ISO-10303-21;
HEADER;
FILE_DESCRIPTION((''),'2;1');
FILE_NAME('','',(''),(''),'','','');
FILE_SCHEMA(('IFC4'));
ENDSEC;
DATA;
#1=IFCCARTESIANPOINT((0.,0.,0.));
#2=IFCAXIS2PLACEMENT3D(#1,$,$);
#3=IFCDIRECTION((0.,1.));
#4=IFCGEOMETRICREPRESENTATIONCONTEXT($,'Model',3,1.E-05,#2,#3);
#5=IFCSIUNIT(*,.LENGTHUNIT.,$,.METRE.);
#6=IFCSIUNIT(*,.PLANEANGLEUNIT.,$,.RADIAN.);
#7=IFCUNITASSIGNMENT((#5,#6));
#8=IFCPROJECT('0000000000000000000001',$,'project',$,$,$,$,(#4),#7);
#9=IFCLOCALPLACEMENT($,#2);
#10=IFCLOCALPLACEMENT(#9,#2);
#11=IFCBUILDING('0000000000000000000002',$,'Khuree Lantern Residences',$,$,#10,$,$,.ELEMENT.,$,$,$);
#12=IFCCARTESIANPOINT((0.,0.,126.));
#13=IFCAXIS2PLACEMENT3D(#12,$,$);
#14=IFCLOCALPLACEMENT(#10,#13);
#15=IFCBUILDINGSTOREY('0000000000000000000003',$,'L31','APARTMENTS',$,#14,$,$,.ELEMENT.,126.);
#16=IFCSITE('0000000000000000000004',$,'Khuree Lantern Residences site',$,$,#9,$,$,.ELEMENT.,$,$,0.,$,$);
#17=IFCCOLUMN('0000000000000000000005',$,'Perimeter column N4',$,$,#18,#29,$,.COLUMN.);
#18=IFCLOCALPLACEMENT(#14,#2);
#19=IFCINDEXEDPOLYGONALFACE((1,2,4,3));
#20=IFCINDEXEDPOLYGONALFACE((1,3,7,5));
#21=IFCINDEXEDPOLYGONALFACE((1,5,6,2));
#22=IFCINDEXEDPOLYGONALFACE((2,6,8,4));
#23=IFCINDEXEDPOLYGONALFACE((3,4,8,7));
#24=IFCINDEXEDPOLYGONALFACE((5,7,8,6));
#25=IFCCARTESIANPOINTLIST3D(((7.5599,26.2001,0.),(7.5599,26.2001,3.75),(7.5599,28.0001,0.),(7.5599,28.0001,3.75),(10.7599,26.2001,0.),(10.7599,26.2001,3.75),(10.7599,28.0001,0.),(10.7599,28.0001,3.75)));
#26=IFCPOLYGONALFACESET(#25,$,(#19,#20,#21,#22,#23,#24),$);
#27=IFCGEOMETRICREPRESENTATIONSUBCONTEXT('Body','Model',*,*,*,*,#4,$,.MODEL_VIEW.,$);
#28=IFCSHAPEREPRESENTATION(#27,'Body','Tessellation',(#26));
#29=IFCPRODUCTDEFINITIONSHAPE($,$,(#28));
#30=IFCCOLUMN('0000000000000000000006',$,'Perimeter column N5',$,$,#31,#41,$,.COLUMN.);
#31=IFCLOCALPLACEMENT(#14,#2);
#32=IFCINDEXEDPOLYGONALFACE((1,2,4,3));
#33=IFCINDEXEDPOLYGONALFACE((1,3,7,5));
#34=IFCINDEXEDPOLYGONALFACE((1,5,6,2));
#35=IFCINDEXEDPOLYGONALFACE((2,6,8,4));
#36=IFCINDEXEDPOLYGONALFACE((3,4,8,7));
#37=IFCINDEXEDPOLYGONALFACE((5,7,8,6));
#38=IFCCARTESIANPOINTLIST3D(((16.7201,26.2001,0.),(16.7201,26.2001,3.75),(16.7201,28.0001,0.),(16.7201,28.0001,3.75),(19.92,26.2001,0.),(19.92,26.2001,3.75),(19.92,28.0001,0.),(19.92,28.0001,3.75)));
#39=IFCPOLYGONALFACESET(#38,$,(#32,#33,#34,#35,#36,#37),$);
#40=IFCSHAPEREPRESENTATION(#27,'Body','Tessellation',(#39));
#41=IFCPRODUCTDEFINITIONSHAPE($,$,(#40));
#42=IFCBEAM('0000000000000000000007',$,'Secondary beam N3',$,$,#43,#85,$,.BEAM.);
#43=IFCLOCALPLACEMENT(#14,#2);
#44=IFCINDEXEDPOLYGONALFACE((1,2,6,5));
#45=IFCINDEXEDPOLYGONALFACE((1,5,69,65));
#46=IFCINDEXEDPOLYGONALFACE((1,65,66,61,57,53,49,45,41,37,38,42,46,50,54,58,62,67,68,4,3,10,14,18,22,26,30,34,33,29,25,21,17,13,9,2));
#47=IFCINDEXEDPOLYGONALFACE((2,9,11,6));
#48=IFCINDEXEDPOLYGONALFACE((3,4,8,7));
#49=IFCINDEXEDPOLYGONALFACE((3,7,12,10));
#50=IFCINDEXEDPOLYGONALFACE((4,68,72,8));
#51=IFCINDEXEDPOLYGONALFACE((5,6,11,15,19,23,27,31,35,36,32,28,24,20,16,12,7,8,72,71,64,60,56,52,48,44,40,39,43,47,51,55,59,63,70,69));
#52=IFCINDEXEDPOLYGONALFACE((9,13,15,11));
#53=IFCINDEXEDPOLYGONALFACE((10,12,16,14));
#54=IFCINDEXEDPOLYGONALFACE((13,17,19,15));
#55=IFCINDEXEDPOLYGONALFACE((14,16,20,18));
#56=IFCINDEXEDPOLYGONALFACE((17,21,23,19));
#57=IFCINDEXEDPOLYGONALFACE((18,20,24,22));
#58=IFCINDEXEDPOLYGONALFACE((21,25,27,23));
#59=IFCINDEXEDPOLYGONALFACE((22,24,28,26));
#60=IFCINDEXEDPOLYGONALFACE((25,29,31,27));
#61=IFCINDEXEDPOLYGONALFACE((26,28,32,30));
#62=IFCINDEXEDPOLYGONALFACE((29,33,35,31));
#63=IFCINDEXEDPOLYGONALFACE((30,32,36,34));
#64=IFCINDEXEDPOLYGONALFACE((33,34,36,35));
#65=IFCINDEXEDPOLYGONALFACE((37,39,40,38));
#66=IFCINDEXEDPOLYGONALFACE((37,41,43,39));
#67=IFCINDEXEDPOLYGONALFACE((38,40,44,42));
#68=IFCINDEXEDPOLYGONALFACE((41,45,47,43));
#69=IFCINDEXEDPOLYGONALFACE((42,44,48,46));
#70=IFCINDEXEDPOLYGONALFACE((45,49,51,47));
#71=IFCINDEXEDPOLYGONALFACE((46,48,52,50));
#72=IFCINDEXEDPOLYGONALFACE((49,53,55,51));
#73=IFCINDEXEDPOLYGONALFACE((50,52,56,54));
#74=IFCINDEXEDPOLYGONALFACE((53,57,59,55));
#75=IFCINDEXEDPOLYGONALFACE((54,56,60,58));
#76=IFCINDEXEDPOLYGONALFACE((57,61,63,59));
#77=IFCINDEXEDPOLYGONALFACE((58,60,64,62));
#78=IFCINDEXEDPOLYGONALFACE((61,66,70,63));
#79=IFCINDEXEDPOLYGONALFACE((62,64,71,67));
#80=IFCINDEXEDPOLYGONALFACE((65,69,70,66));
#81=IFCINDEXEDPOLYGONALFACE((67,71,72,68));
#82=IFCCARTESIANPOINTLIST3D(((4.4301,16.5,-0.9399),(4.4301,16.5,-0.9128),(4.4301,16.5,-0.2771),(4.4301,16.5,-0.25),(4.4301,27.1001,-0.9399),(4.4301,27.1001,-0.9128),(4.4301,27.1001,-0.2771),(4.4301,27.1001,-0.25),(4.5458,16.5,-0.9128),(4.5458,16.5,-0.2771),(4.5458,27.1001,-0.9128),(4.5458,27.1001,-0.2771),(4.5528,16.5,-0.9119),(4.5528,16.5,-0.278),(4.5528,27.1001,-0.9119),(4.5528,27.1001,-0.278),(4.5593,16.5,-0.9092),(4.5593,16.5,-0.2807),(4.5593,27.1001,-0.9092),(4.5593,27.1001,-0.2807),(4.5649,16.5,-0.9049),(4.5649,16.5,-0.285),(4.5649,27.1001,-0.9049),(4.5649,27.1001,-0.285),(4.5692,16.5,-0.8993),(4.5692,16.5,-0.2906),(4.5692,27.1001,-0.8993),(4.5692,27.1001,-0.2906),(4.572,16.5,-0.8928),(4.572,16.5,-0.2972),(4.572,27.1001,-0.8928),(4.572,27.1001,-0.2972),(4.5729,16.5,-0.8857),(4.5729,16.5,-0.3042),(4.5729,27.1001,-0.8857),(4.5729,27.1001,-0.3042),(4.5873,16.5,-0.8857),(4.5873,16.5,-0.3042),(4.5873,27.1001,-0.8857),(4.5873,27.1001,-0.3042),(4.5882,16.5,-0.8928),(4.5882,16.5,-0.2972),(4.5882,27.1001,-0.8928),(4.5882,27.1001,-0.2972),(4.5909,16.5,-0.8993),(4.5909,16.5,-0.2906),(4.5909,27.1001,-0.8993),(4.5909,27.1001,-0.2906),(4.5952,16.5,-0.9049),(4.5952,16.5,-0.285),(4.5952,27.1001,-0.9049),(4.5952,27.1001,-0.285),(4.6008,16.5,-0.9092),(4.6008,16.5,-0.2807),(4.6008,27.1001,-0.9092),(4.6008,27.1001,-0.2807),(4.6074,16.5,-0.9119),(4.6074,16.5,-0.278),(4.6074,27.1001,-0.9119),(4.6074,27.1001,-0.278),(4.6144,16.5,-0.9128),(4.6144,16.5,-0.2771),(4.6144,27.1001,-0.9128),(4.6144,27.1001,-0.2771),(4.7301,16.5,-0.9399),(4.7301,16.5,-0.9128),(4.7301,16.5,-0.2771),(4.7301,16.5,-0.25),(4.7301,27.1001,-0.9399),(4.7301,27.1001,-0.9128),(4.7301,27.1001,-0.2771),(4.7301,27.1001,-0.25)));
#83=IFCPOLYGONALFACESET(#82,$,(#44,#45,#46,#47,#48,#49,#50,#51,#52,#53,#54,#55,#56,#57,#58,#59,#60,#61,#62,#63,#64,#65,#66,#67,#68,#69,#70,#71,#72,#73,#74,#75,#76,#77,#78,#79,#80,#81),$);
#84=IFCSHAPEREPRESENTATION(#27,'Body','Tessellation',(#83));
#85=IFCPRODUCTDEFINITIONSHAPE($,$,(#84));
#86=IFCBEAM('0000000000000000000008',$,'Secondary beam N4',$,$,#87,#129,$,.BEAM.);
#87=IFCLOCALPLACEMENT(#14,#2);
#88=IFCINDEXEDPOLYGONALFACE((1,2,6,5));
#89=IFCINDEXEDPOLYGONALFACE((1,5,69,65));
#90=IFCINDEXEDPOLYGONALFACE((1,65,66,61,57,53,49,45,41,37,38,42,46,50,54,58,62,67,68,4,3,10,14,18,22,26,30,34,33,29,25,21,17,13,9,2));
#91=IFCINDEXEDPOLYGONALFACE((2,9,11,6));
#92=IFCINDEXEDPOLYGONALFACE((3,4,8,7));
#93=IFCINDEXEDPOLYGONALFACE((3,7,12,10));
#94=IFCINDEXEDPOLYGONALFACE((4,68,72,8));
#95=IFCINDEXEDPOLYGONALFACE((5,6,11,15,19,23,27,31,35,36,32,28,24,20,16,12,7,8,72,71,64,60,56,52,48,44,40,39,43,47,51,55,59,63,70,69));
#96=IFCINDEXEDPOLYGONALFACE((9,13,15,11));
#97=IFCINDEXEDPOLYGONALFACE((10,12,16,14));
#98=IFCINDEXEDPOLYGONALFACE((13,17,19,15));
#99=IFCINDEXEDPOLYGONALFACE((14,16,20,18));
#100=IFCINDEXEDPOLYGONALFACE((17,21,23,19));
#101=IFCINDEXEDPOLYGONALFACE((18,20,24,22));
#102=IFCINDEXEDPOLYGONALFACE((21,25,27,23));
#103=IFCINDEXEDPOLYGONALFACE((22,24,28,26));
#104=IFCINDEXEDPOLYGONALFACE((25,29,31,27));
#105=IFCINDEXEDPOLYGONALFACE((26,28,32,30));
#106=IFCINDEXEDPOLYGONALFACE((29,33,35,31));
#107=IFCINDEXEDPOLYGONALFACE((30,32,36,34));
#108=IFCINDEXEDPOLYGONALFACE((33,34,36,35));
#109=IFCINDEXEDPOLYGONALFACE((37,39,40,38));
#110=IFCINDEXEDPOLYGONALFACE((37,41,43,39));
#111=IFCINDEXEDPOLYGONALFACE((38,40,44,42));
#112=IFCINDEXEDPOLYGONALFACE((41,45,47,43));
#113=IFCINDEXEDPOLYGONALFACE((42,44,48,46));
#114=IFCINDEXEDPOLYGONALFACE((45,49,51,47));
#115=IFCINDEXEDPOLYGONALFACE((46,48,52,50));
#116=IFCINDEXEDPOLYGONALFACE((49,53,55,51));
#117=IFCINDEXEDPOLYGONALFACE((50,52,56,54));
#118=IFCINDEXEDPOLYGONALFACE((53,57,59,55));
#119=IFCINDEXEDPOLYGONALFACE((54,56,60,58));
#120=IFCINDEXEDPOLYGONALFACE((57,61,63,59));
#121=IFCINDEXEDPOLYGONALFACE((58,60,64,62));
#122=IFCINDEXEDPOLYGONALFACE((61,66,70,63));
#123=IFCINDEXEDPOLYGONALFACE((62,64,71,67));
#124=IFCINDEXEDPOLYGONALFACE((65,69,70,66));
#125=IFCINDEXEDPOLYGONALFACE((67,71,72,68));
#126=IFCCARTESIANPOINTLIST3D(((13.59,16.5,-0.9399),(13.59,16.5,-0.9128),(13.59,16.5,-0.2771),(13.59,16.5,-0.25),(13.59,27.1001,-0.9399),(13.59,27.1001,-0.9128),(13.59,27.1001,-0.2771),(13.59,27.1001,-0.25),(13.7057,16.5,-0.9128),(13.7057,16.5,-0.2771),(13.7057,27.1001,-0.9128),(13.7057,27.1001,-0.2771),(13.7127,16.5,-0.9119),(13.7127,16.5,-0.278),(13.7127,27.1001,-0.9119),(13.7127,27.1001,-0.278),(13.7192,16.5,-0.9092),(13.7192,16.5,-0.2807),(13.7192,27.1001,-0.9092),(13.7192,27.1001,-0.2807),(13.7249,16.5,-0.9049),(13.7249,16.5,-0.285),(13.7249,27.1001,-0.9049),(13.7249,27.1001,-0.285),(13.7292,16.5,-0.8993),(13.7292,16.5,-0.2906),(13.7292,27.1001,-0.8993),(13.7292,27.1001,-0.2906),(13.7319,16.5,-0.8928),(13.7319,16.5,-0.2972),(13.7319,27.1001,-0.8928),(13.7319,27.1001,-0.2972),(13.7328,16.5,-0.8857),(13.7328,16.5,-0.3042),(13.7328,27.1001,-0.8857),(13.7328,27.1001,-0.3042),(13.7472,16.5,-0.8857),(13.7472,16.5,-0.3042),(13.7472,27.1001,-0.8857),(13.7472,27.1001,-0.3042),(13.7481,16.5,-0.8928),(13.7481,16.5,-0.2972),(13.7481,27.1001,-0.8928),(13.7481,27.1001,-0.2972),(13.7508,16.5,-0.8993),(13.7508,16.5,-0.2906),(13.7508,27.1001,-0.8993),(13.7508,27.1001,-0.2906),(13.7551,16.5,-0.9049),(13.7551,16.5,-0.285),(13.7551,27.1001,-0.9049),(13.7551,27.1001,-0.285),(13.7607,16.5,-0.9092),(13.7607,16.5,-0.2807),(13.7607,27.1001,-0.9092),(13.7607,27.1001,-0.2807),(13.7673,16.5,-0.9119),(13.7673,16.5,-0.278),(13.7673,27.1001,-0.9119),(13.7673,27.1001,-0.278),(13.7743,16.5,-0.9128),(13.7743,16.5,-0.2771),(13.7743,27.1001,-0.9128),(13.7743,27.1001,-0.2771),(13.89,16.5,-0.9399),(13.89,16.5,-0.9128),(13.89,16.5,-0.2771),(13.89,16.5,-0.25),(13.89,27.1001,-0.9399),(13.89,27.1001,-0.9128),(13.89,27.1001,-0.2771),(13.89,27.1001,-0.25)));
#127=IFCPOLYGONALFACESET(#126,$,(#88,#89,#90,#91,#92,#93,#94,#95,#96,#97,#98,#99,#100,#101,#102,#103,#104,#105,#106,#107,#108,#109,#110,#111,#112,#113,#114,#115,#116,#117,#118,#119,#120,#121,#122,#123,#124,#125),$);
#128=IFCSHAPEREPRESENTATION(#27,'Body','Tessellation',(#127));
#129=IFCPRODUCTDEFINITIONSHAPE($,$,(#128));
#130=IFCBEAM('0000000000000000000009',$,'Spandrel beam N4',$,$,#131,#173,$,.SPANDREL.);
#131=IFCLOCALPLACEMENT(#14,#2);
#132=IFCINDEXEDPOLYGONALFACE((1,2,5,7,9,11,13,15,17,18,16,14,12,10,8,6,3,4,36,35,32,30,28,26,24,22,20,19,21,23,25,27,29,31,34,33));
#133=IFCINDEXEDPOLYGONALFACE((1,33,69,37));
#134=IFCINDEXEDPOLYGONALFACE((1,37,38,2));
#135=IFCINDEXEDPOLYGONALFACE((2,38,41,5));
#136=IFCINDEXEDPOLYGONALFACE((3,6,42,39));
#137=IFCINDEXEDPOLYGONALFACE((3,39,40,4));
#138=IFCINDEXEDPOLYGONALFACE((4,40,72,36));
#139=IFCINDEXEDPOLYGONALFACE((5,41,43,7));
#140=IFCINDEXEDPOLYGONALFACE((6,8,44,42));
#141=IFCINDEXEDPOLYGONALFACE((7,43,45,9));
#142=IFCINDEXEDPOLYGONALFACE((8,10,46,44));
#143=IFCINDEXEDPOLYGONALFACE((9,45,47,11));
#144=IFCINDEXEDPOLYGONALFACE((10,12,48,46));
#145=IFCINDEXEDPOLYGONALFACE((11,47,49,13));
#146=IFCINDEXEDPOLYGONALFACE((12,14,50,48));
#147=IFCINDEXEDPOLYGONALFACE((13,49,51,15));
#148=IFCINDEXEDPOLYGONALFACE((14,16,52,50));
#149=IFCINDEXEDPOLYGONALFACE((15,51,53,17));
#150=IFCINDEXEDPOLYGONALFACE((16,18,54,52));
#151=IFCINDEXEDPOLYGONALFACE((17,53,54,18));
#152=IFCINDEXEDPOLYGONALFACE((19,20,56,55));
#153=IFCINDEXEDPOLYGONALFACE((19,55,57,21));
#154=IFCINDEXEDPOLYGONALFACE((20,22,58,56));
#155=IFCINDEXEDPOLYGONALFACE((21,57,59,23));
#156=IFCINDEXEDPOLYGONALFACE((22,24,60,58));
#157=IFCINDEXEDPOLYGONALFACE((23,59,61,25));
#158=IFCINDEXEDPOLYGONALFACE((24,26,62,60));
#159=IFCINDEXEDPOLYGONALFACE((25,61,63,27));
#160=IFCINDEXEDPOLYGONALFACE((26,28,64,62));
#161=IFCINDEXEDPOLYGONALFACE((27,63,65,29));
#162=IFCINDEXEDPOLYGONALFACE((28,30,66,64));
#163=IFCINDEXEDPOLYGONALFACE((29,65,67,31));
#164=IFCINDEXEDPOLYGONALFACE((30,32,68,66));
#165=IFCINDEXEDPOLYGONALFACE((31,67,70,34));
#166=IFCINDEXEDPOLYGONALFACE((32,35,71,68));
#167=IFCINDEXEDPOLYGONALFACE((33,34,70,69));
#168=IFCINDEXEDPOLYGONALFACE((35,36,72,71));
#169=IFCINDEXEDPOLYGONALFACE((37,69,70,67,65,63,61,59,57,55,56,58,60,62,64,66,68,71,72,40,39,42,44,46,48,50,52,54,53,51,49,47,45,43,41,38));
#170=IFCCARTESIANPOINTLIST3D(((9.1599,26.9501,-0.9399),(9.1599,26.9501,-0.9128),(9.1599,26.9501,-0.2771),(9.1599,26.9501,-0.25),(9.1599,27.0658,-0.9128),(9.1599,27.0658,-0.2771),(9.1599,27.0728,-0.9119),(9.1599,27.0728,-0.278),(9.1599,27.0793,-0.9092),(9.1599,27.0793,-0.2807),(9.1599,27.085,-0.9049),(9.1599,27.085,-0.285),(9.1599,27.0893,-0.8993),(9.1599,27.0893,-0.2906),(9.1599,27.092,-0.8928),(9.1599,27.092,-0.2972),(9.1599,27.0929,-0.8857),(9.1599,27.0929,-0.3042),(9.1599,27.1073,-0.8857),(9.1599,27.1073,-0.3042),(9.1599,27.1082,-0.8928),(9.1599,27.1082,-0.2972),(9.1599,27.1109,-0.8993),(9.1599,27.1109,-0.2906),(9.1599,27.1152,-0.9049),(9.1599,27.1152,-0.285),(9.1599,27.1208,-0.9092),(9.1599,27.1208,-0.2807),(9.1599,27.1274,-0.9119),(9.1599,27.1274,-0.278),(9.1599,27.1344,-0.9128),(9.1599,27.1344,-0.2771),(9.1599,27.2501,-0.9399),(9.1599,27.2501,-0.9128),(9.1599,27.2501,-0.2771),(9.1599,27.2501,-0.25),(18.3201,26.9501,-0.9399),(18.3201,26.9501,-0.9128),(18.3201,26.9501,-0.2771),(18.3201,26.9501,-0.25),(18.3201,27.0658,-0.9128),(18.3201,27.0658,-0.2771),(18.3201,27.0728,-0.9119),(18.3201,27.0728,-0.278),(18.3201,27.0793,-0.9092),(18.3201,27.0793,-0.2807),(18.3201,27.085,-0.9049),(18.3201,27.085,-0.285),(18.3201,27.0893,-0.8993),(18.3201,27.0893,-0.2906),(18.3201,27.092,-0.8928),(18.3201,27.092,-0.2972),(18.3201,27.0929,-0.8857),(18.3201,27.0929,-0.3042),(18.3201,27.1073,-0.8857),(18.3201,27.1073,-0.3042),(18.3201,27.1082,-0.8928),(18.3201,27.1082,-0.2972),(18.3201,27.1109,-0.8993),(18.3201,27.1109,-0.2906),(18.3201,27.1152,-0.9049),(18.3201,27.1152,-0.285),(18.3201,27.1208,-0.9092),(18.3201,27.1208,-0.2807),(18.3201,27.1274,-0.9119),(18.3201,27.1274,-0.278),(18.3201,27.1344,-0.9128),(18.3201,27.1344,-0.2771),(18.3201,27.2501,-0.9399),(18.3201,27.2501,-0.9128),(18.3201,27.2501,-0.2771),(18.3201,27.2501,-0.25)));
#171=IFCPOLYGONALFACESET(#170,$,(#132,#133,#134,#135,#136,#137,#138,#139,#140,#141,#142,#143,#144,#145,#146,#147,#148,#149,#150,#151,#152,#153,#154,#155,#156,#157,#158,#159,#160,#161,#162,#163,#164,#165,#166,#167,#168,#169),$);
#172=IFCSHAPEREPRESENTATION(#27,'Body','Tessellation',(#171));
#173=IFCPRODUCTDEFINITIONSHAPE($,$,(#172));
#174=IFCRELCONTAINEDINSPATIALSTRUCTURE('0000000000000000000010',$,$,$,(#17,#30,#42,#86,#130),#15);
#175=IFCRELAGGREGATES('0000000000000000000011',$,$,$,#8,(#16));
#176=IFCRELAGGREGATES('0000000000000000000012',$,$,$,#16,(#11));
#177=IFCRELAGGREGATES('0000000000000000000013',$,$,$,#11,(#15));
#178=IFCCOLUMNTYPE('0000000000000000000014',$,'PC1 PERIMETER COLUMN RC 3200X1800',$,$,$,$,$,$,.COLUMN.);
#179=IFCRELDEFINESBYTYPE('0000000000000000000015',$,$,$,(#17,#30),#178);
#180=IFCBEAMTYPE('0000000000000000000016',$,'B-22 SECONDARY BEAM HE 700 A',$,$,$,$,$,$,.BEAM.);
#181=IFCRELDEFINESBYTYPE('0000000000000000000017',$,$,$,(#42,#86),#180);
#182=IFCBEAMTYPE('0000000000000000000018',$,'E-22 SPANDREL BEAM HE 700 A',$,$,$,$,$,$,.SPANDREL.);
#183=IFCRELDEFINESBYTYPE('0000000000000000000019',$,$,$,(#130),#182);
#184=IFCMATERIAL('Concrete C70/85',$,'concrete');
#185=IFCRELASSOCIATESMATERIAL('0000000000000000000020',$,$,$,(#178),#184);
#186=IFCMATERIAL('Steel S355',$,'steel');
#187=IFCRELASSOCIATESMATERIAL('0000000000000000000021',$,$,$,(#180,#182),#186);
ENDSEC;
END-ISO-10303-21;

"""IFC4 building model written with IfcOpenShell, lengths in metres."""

from ifc_helpers import new_model, si_unit, direction, frame, origin, origin_2d, place, context, subcontext, project, spatial, rectangle, i_section, extrude, material, material_profile, profile_set, type_object, element, save


model = new_model("IFC4")

# Units and contexts
model_context = context("Model", 3, precision=1e-05, world=origin(), true_north=direction((0.0, 1.0)))
body_context = subcontext(model_context, "Body", "Model", "MODEL_VIEW")
ifc_project = project(units=[si_unit("LENGTHUNIT", "METRE"), si_unit("PLANEANGLEUNIT", "RADIAN")], contexts=[model_context])

# Site, building, storey
site_placement = place(None, origin())
site = spatial("IfcSite", under=ifc_project, at=site_placement, Name="Khuree Lantern Residences site", CompositionType="ELEMENT", RefElevation=0.0)
building_placement = place(site_placement, origin())
building = spatial("IfcBuilding", under=site, at=building_placement, Name="Khuree Lantern Residences", CompositionType="ELEMENT")
storey_placement = place(building_placement, frame((0.0, 0.0, 126.0)))
storey = spatial("IfcBuildingStorey", under=building, at=storey_placement, Name="L31", Description="APARTMENTS", CompositionType="ELEMENT", Elevation=126.0)

# Columns
ifc_material_1 = material(Name="Concrete C70/85", Category="concrete")
ifc_material_profile_1 = material_profile(ifc_material_1, rectangle(XDim=3.2, YDim=1.8, at=origin_2d()), Name="RC 3200X1800")
ifc_profile_set_1 = profile_set([ifc_material_profile_1], Name="Concrete C70/85")
column_type = type_object("IfcColumnType", Name="PC1 PERIMETER COLUMN RC 3200X1800", PredefinedType="COLUMN", material=ifc_profile_set_1)
for number, where, z_axis, x_axis, name in (
    (1, (9.1599, 27.1001, 0.0), (0.0, 0.0, 1.0), (1.0, 0.0, 0.0), "Perimeter column N4"),
    (2, (18.3201, 27.1001, 0.0), (0.0, 0.0, 1.0), (1.0, 0.0, 0.0), "Perimeter column N5"),
):
    element("IfcColumn", number, at=place(storey_placement, frame(where, z_axis=z_axis, x_axis=x_axis)), inside=storey, type_object=column_type, Name=name, PredefinedType="COLUMN", context=body_context, shape_type="SweptSolid", body=[
        extrude(rectangle(XDim=3.2, YDim=1.8, at=origin_2d()), origin(), (0.0, 0.0, 1.0), 3.75),
    ])

# Beams
ifc_material_2 = material(Name="Steel S355", Category="steel")
ifc_material_profile_2 = material_profile(ifc_material_2, i_section(OverallWidth=0.3, OverallDepth=0.6899, WebThickness=0.0144, FlangeThickness=0.0271, FilletRadius=0.0271, at=origin_2d()), Name="HE 700 A")
ifc_profile_set_2 = profile_set([ifc_material_profile_2], Name="Steel S355")
beam_type_1 = type_object("IfcBeamType", Name="B-22 SECONDARY BEAM HE 700 A", PredefinedType="BEAM", material=ifc_profile_set_2)
for number, where, z_axis, x_axis, name in (
    (3, (4.5801, 27.1001, -0.595), (0.0, -1.0, 0.0), (1.0, 0.0, 0.0), "Secondary beam N3"),
    (4, (13.74, 27.1001, -0.595), (0.0, -1.0, 0.0), (1.0, 0.0, 0.0), "Secondary beam N4"),
):
    element("IfcBeam", number, at=place(storey_placement, frame(where, z_axis=z_axis, x_axis=x_axis)), inside=storey, type_object=beam_type_1, Name=name, PredefinedType="BEAM", context=body_context, shape_type="SweptSolid", body=[
        extrude(i_section(OverallWidth=0.3, OverallDepth=0.6899, WebThickness=0.0144, FlangeThickness=0.0271, FilletRadius=0.0271, at=origin_2d()), origin(), (0.0, 0.0, 1.0), 10.6001),
    ])
ifc_material_profile_3 = material_profile(ifc_material_2, i_section(OverallWidth=0.3, OverallDepth=0.6899, WebThickness=0.0144, FlangeThickness=0.0271, FilletRadius=0.0271, at=origin_2d()), Name="HE 700 A")
ifc_profile_set_3 = profile_set([ifc_material_profile_3], Name="Steel S355")
beam_type_2 = type_object("IfcBeamType", Name="E-22 SPANDREL BEAM HE 700 A", PredefinedType="SPANDREL", material=ifc_profile_set_3)
beam_1_placement = place(storey_placement, frame((9.1599, 27.1001, -0.595), z_axis=(1.0, 0.0, 0.0), x_axis=(0.0, 1.0, 0.0)))
element("IfcBeam", 5, at=beam_1_placement, inside=storey, type_object=beam_type_2, Name="Spandrel beam N4", PredefinedType="SPANDREL", context=body_context, shape_type="SweptSolid", body=[
    extrude(i_section(OverallWidth=0.3, OverallDepth=0.6899, WebThickness=0.0144, FlangeThickness=0.0271, FilletRadius=0.0271, at=origin_2d()), origin(), (0.0, 0.0, 1.0), 9.1602),
])

save(model, "model.ifc")
